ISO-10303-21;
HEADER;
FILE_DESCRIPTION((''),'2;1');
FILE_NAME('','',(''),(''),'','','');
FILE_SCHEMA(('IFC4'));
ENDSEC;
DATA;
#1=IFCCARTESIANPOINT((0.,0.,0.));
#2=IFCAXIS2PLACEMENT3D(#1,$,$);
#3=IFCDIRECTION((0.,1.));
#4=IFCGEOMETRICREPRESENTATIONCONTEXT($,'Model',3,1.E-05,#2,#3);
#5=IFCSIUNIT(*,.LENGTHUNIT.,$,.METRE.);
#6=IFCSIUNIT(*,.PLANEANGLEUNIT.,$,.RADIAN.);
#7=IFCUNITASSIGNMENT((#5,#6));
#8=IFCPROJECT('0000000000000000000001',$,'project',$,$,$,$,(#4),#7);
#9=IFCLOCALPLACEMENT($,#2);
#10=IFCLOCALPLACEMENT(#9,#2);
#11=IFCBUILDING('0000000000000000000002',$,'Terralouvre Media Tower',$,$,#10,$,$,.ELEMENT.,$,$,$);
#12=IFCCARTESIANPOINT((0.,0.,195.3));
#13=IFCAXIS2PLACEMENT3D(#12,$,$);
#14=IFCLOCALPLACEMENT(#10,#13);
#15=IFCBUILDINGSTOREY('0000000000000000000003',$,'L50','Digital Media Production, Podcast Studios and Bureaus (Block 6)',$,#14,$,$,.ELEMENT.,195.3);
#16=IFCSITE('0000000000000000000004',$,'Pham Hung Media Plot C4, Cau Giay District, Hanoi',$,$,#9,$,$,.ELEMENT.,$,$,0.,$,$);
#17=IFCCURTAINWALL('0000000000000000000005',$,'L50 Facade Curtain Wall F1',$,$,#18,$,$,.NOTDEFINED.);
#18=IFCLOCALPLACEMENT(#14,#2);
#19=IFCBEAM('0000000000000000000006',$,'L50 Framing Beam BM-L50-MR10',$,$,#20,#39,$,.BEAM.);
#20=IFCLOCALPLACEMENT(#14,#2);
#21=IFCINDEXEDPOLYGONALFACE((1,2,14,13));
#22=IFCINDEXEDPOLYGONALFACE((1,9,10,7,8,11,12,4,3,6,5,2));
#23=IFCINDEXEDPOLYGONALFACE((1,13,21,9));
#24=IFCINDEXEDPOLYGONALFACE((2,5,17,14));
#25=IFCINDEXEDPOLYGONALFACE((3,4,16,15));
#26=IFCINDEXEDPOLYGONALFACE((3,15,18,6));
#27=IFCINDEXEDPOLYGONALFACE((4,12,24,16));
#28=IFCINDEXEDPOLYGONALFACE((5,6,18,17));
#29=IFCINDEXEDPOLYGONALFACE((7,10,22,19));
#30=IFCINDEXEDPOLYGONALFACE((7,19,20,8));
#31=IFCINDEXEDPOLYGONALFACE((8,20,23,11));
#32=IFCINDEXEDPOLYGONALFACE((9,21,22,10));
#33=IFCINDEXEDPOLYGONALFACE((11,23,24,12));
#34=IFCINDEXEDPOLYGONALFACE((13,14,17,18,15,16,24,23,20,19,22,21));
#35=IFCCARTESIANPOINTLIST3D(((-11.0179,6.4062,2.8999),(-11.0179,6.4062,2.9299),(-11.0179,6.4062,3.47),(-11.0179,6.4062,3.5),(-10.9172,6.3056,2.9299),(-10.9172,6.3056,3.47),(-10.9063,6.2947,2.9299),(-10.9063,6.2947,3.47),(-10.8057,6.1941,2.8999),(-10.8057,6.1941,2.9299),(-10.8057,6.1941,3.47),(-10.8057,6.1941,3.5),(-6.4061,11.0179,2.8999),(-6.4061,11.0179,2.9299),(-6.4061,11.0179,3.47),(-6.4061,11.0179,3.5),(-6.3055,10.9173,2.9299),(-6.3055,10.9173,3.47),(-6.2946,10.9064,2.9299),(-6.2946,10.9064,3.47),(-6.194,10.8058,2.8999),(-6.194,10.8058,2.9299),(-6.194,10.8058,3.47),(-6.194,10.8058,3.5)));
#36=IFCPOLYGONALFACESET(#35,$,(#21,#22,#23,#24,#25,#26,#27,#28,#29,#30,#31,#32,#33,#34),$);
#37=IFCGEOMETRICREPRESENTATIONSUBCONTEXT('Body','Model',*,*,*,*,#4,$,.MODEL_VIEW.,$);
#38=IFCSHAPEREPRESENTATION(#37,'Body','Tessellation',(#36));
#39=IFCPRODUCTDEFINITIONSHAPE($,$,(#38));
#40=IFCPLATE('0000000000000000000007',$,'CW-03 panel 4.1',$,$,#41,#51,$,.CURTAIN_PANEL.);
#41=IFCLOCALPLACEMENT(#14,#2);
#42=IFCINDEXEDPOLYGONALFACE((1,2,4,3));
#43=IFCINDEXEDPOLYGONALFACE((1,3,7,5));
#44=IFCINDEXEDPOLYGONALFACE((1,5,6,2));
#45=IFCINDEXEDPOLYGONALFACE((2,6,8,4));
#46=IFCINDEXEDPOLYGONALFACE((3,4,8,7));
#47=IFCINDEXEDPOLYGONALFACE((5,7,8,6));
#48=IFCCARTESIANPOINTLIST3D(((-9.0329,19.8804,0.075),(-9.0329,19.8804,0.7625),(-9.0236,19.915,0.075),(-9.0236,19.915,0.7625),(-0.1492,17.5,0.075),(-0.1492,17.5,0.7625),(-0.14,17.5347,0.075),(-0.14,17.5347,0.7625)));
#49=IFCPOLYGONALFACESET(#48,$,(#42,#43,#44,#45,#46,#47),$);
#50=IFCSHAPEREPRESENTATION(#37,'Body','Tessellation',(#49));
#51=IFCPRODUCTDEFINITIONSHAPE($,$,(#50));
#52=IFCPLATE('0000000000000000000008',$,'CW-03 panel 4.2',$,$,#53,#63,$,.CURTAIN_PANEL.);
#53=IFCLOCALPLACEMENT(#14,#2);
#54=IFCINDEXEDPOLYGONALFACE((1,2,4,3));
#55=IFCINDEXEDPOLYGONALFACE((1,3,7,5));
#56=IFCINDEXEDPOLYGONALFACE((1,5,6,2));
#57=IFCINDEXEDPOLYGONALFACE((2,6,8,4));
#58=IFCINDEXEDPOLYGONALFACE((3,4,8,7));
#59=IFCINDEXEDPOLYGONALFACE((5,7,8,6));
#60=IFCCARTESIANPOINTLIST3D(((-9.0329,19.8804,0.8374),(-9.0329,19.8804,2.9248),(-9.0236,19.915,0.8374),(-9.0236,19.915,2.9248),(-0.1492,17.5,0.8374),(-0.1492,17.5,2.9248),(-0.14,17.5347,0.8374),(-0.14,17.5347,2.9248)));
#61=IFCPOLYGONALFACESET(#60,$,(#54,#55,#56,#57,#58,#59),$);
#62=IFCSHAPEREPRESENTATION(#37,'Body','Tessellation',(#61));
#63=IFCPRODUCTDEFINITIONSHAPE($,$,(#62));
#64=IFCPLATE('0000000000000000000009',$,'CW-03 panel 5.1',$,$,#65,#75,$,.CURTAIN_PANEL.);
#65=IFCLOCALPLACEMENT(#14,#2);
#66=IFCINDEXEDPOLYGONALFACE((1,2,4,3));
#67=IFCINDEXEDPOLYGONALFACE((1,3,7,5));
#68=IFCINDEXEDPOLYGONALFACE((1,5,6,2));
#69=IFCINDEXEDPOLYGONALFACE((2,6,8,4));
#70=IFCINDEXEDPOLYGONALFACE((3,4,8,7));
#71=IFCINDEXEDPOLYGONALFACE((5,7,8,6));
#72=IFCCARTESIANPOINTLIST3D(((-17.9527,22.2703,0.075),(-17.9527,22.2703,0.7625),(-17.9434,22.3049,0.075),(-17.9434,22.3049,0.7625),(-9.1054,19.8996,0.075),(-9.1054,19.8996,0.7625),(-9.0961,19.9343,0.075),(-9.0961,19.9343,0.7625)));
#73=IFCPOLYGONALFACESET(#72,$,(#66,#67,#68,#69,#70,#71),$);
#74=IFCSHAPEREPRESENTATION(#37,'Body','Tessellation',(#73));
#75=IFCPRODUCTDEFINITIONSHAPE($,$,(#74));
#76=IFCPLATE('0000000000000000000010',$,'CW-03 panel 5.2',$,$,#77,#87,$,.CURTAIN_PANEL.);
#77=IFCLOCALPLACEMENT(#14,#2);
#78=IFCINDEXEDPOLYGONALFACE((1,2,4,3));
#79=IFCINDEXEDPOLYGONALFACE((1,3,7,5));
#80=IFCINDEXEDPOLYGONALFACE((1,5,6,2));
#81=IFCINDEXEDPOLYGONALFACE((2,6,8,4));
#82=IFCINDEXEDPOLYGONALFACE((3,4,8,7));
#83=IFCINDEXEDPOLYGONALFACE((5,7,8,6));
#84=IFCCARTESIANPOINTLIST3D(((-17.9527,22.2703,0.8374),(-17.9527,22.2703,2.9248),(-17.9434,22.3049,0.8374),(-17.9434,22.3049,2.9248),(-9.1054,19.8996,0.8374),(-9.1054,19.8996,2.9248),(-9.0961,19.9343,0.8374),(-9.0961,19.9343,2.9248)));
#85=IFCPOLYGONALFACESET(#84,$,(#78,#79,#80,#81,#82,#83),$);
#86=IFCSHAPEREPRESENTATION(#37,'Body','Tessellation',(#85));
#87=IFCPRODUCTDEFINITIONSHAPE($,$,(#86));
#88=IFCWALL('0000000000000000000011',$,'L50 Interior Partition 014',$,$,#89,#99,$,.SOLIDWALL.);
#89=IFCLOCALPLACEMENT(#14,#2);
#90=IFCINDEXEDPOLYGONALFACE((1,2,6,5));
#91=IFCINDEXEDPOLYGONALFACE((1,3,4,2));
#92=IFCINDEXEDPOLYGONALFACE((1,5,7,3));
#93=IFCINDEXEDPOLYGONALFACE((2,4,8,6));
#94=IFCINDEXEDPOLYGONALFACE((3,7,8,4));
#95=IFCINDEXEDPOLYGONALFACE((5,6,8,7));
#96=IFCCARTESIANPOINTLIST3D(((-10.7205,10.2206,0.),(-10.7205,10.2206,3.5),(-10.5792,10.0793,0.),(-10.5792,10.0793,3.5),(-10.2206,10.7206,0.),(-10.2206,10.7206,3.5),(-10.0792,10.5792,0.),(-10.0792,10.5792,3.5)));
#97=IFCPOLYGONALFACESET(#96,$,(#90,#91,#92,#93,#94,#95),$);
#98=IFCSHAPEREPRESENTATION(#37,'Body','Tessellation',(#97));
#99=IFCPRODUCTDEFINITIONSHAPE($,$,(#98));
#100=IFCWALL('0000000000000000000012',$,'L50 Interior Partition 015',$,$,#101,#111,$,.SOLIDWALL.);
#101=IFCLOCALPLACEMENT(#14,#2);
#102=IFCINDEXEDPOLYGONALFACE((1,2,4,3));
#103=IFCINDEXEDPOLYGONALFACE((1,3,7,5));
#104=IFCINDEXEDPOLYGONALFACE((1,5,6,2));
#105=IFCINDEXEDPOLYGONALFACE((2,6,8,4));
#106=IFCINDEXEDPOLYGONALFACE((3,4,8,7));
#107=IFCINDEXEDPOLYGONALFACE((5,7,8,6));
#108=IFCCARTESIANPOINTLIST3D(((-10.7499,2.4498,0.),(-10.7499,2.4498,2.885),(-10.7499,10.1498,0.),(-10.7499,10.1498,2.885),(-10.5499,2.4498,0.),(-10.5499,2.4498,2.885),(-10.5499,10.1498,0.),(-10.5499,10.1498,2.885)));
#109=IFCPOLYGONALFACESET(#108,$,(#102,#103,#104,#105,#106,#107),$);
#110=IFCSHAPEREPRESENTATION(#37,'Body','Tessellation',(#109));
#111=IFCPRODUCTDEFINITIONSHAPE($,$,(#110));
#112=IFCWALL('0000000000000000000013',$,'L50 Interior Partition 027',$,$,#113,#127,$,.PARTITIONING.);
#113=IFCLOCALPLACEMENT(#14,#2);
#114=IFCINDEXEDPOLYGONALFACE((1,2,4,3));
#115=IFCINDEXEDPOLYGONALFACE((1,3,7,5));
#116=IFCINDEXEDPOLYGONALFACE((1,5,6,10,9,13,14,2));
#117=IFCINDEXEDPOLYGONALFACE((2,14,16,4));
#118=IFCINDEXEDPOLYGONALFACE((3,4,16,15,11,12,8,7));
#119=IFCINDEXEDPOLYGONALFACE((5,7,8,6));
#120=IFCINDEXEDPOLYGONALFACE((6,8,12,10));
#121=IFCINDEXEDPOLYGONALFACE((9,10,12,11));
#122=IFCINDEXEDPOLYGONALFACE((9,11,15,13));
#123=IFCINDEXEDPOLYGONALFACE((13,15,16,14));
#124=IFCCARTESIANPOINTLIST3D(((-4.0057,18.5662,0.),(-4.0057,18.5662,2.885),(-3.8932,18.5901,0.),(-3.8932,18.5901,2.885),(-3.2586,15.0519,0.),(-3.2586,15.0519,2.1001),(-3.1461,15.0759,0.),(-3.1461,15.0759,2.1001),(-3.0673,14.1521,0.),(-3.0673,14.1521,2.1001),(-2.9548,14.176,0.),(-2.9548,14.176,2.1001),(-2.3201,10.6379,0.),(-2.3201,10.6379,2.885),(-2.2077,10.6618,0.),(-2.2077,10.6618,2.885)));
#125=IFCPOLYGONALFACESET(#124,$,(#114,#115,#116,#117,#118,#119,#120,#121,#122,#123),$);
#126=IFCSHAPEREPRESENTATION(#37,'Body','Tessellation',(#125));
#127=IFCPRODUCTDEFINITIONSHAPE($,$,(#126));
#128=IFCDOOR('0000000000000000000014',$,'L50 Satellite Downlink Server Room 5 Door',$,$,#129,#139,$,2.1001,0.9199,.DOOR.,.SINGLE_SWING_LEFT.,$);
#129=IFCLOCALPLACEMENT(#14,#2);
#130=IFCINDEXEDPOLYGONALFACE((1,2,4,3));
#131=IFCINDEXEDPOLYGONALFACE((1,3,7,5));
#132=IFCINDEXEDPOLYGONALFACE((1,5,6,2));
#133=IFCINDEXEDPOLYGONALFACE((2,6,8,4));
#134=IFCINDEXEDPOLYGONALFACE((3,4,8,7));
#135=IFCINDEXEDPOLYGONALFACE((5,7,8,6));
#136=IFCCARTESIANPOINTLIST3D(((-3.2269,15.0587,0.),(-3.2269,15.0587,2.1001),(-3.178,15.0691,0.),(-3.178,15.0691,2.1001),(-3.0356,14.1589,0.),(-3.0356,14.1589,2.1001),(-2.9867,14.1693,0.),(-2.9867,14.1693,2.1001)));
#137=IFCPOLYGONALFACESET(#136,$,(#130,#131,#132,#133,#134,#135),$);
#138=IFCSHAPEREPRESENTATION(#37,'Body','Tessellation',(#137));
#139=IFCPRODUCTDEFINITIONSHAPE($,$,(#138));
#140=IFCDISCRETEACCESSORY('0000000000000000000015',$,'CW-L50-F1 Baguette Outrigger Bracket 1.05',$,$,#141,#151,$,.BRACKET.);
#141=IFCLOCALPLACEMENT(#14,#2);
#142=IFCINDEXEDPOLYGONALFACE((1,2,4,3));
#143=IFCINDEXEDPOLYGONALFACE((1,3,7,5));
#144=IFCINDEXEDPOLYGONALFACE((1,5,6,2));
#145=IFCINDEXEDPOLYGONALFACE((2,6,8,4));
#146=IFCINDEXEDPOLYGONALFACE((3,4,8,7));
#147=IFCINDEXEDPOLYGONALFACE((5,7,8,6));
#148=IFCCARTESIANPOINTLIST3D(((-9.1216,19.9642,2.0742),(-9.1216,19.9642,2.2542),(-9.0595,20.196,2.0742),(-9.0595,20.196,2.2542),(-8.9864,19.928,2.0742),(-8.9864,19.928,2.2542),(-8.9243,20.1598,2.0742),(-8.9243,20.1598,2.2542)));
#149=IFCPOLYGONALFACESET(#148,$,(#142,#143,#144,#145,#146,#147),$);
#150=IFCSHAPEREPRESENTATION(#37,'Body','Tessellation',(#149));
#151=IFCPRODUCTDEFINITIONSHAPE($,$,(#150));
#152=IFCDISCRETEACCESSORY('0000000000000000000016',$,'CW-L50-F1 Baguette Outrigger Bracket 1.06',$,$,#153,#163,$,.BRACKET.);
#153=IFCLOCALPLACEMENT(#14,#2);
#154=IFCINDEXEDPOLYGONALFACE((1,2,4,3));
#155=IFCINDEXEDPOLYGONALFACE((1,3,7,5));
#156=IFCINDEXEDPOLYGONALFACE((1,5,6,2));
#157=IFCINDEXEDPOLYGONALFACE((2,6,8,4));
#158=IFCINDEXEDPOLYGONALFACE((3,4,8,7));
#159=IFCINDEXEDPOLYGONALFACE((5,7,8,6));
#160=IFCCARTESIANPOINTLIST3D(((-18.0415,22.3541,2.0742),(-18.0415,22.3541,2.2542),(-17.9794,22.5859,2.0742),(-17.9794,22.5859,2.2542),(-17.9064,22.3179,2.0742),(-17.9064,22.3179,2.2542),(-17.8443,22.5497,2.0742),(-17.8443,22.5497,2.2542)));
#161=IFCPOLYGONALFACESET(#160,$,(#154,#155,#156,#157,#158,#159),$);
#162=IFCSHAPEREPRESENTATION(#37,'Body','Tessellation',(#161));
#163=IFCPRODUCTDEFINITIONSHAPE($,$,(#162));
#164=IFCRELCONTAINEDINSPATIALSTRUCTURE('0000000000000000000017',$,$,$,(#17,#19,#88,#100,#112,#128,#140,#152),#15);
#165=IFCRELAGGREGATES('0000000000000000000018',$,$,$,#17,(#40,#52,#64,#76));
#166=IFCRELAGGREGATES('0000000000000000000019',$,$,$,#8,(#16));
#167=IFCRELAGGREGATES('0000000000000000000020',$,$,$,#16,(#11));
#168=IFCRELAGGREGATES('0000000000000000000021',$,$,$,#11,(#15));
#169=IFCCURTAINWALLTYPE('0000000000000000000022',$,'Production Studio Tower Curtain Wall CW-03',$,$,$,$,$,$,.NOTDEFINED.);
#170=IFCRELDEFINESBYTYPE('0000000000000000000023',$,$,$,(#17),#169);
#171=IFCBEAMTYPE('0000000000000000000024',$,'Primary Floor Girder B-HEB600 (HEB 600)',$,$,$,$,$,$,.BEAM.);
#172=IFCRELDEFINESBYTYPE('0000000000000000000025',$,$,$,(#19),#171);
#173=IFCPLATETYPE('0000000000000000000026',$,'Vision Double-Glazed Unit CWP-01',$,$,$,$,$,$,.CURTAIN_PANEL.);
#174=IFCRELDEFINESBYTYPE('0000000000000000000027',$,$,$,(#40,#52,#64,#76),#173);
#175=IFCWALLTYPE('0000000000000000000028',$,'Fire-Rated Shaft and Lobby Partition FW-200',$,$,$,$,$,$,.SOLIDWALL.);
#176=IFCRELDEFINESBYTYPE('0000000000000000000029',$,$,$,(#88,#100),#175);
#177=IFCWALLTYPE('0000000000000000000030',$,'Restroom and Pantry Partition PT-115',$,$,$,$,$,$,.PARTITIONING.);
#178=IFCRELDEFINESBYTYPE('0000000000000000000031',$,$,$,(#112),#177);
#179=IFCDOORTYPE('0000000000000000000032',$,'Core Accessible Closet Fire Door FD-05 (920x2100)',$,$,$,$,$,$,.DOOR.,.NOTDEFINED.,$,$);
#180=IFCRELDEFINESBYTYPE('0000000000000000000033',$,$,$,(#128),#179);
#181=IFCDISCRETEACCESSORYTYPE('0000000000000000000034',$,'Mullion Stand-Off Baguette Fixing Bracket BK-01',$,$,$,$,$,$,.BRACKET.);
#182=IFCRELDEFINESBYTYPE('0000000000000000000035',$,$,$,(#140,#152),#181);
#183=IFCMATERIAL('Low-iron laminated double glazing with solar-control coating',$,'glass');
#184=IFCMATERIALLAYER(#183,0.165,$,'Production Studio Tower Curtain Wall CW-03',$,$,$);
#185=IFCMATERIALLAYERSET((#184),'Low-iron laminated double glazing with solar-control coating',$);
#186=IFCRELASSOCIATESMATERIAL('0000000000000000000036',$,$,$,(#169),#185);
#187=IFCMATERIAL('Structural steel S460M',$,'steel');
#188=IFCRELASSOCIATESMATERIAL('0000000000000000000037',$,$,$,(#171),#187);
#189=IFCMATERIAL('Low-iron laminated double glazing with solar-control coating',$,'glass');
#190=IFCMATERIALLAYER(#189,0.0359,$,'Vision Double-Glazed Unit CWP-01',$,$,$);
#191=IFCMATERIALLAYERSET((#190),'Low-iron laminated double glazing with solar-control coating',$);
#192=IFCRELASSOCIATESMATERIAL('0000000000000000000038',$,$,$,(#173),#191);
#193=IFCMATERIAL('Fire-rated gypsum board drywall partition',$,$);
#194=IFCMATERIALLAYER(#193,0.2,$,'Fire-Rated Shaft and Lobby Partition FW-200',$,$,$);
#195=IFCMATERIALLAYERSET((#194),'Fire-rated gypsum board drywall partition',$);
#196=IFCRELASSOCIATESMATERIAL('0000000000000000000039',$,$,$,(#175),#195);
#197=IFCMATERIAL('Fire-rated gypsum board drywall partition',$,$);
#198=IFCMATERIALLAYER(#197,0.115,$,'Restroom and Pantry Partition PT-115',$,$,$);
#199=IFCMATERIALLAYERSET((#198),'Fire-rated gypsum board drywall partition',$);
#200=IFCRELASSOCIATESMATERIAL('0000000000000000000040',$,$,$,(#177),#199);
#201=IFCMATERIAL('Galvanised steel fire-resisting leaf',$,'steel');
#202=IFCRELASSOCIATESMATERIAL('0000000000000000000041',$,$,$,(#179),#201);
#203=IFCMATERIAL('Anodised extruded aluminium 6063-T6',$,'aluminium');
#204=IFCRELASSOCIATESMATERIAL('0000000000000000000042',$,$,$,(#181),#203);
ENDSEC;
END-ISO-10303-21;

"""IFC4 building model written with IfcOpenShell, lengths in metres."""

from ifc_helpers import new_model, si_unit, direction, frame, frame_2d, origin, origin_2d, place, context, subcontext, project, spatial, rectangle, i_section, extrude, material, layer, layer_set, material_profile, profile_set, type_object, element, fill, aggregate, save


model = new_model("IFC4")

# Units and contexts
model_context = context("Model", 3, precision=1e-05, world=origin(), true_north=direction((0.0, 1.0)))
body_context = subcontext(model_context, "Body", "Model", "MODEL_VIEW")
ifc_project = project(units=[si_unit("LENGTHUNIT", "METRE"), si_unit("PLANEANGLEUNIT", "RADIAN")], contexts=[model_context])

# Site, building, storey
site_placement = place(None, origin())
site = spatial("IfcSite", under=ifc_project, at=site_placement, Name="Pham Hung Media Plot C4, Cau Giay District, Hanoi", CompositionType="ELEMENT", RefElevation=0.0)
building_placement = place(site_placement, origin())
building = spatial("IfcBuilding", under=site, at=building_placement, Name="Terralouvre Media Tower", CompositionType="ELEMENT")
storey_placement = place(building_placement, frame((0.0, 0.0, 195.3)))
storey = spatial("IfcBuildingStorey", under=building, at=storey_placement, Name="L50", Description="Digital Media Production, Podcast Studios and Bureaus (Block 6)", CompositionType="ELEMENT", Elevation=195.3)

# Curtain wall
ifc_material_1 = material(Name="Low-iron laminated double glazing with solar-control coating", Category="glass")
ifc_layer_1 = layer(ifc_material_1, 0.165, Name="Production Studio Tower Curtain Wall CW-03")
ifc_layer_set_1 = layer_set([ifc_layer_1], Name="Low-iron laminated double glazing with solar-control coating")
curtain_wall_type_1 = type_object("IfcCurtainWallType", Name="Production Studio Tower Curtain Wall CW-03", PredefinedType="NOTDEFINED", material=ifc_layer_set_1)
curtain_wall_1_placement = place(storey_placement, origin())
curtain_wall_1 = element("IfcCurtainWall", 1, at=curtain_wall_1_placement, inside=storey, type_object=curtain_wall_type_1, Name="L50 Facade Curtain Wall F1", PredefinedType="NOTDEFINED")

# Beam
ifc_material_2 = material(Name="Structural steel S460M", Category="steel")
ifc_material_profile_1 = material_profile(ifc_material_2, i_section(OverallWidth=0.3, OverallDepth=0.6001, WebThickness=0.0154, FlangeThickness=0.03, at=origin_2d()), Name="HEB 600")
ifc_profile_set_1 = profile_set([ifc_material_profile_1], Name="Structural steel S460M")
beam_type_1 = type_object("IfcBeamType", Name="Primary Floor Girder B-HEB600 (HEB 600)", PredefinedType="BEAM", material=ifc_profile_set_1)
beam_1_placement = place(storey_placement, frame((-6.3, 10.9119, 3.2), z_axis=(-0.707107, -0.707107, 0.0), x_axis=(0.707107, -0.707107, 0.0)))
element("IfcBeam", 2, at=beam_1_placement, inside=storey, type_object=beam_type_1, Name="L50 Framing Beam BM-L50-MR10", PredefinedType="BEAM", context=body_context, shape_type="SweptSolid", body=[
    extrude(i_section(OverallWidth=0.3, OverallDepth=0.6001, WebThickness=0.0154, FlangeThickness=0.03, at=origin_2d()), origin(), (0.0, 0.0, 1.0), 6.522),
])

# Plates
ifc_material_3 = material(Name="Low-iron laminated double glazing with solar-control coating", Category="glass")
ifc_layer_2 = layer(ifc_material_3, 0.0359, Name="Vision Double-Glazed Unit CWP-01")
ifc_layer_set_2 = layer_set([ifc_layer_2], Name="Low-iron laminated double glazing with solar-control coating")
plate_type = type_object("IfcPlateType", Name="Vision Double-Glazed Unit CWP-01", PredefinedType="CURTAIN_PANEL", material=ifc_layer_set_2)
plate_1_placement = place(storey_placement, frame((-4.5864, 18.7075, 0.075), z_axis=(0.0, 0.0, 1.0), x_axis=(-0.965926, 0.258819, 0.0)))
plate_1 = element("IfcPlate", 3, at=plate_1_placement, type_object=plate_type, Name="CW-03 panel 4.1", PredefinedType="CURTAIN_PANEL", context=body_context, shape_type="SweptSolid", body=[
    extrude(rectangle(XDim=9.197, YDim=0.0359, at=origin_2d()), origin(), (0.0, 0.0, 1.0), 0.6875),
])
plate_2_placement = place(storey_placement, frame((-4.5864, 18.7075, 0.8374), z_axis=(0.0, 0.0, 1.0), x_axis=(-0.965926, 0.258819, 0.0)))
plate_2 = element("IfcPlate", 4, at=plate_2_placement, type_object=plate_type, Name="CW-03 panel 4.2", PredefinedType="CURTAIN_PANEL", context=body_context, shape_type="SweptSolid", body=[
    extrude(rectangle(XDim=9.197, YDim=0.0359, at=origin_2d()), origin(), (0.0, 0.0, 1.0), 2.0874),
])
plate_3_placement = place(storey_placement, frame((-13.5244, 21.1023, 0.075), z_axis=(0.0, 0.0, 1.0), x_axis=(-0.965926, 0.258819, 0.0)))
plate_3 = element("IfcPlate", 5, at=plate_3_placement, type_object=plate_type, Name="CW-03 panel 5.1", PredefinedType="CURTAIN_PANEL", context=body_context, shape_type="SweptSolid", body=[
    extrude(rectangle(XDim=9.1594, YDim=0.0359, at=origin_2d()), origin(), (0.0, 0.0, 1.0), 0.6875),
])
plate_4_placement = place(storey_placement, frame((-13.5244, 21.1023, 0.8374), z_axis=(0.0, 0.0, 1.0), x_axis=(-0.965926, 0.258819, 0.0)))
plate_4 = element("IfcPlate", 6, at=plate_4_placement, type_object=plate_type, Name="CW-03 panel 5.2", PredefinedType="CURTAIN_PANEL", context=body_context, shape_type="SweptSolid", body=[
    extrude(rectangle(XDim=9.1594, YDim=0.0359, at=origin_2d()), origin(), (0.0, 0.0, 1.0), 2.0874),
])
aggregate(curtain_wall_1, [plate_1, plate_2, plate_3, plate_4])

# Walls
ifc_material_4 = material(Name="Fire-rated gypsum board drywall partition")
ifc_layer_3 = layer(ifc_material_4, 0.2, Name="Fire-Rated Shaft and Lobby Partition FW-200")
ifc_layer_set_3 = layer_set([ifc_layer_3], Name="Fire-rated gypsum board drywall partition")
wall_type_1 = type_object("IfcWallType", Name="Fire-Rated Shaft and Lobby Partition FW-200", PredefinedType="SOLIDWALL", material=ifc_layer_set_3)
wall_1_placement = place(storey_placement, frame((-10.1499, 10.6499, 0.0), z_axis=(0.0, 0.0, 1.0), x_axis=(-0.707107, -0.707107, 0.0)))
element("IfcWall", 7, at=wall_1_placement, inside=storey, type_object=wall_type_1, Name="L50 Interior Partition 014", PredefinedType="SOLIDWALL", context=body_context, shape_type="SweptSolid", body=[
    extrude(rectangle(XDim=0.707, YDim=0.2, at=frame_2d((0.3535, 0.0))), origin(), (0.0, 0.0, 1.0), 3.5),
])
wall_2_placement = place(storey_placement, frame((-10.6499, 10.1499, 0.0), z_axis=(0.0, 0.0, 1.0), x_axis=(0.0, -1.0, 0.0)))
element("IfcWall", 8, at=wall_2_placement, inside=storey, type_object=wall_type_1, Name="L50 Interior Partition 015", PredefinedType="SOLIDWALL", context=body_context, shape_type="SweptSolid", body=[
    extrude(rectangle(XDim=7.7, YDim=0.2, at=frame_2d((3.8501, 0.0))), origin(), (0.0, 0.0, 1.0), 2.885),
])

# Wall, opening, door
ifc_material_5 = material(Name="Fire-rated gypsum board drywall partition")
ifc_layer_4 = layer(ifc_material_5, 0.115, Name="Restroom and Pantry Partition PT-115")
ifc_layer_set_4 = layer_set([ifc_layer_4], Name="Fire-rated gypsum board drywall partition")
wall_type_2 = type_object("IfcWallType", Name="Restroom and Pantry Partition PT-115", PredefinedType="PARTITIONING", material=ifc_layer_set_4)
wall_3_placement = place(storey_placement, frame((-3.9495, 18.5781, 0.0), z_axis=(0.0, 0.0, 1.0), x_axis=(0.207953, -0.978139, 0.0)))
wall_3 = element("IfcWall", 9, at=wall_3_placement, inside=storey, type_object=wall_type_2, Name="L50 Interior Partition 027", PredefinedType="PARTITIONING", context=body_context, shape_type="SweptSolid", body=[
    extrude(rectangle(XDim=8.1055, YDim=0.115, at=frame_2d((4.0527, 0.0))), origin(), (0.0, 0.0, 1.0), 2.885),
])
opening_placement = place(wall_3_placement, frame((3.5928, 0.0, 0.0)))
opening = element("IfcOpeningElement", 10, at=opening_placement, cuts=wall_3, PredefinedType="OPENING", context=body_context, shape_type="SweptSolid", body=[
    extrude(rectangle(XDim=0.9199, YDim=2.1001, at=frame_2d((0.46, 1.05))), frame((0.0, 0.0674, 0.0), z_axis=(0.0, -1.0, 0.0), x_axis=(1.0, 0.0, 0.0)), (0.0, 0.0, 1.0), 0.135),
])
ifc_material_6 = material(Name="Galvanised steel fire-resisting leaf", Category="steel")
door_type = type_object("IfcDoorType", Name="Core Accessible Closet Fire Door FD-05 (920x2100)", OperationType="NOTDEFINED", PredefinedType="DOOR", material=ifc_material_6)
door_placement = place(opening_placement, origin())
door = element("IfcDoor", 11, at=door_placement, inside=storey, type_object=door_type, Name="L50 Satellite Downlink Server Room 5 Door", OperationType="SINGLE_SWING_LEFT", OverallHeight=2.1001, OverallWidth=0.9199, PredefinedType="DOOR", context=body_context, shape_type="SweptSolid", body=[
    extrude(rectangle(XDim=0.9199, YDim=2.1001, at=frame_2d((0.46, 1.05))), frame((0.0, 0.0249, 0.0), z_axis=(0.0, -1.0, 0.0), x_axis=(1.0, 0.0, 0.0)), (0.0, 0.0, 1.0), 0.05),
])
fill(opening, door)

# Discrete accessories
ifc_material_7 = material(Name="Anodised extruded aluminium 6063-T6", Category="aluminium")
discrete_accessory_type = type_object("IfcDiscreteAccessoryType", Name="Mullion Stand-Off Baguette Fixing Bracket BK-01", PredefinedType="BRACKET", material=ifc_material_7)
for number, where, z_axis, x_axis, name in (
    (12, (-9.0229, 20.062, 2.0742), (0.0, 0.0, 1.0), (-0.965926, 0.258819, 0.0), "CW-L50-F1 Baguette Outrigger Bracket 1.05"),
    (13, (-17.9429, 22.4519, 2.0742), (0.0, 0.0, 1.0), (-0.965926, 0.258819, 0.0), "CW-L50-F1 Baguette Outrigger Bracket 1.06"),
):
    element("IfcDiscreteAccessory", number, at=place(storey_placement, frame(where, z_axis=z_axis, x_axis=x_axis)), inside=storey, type_object=discrete_accessory_type, Name=name, PredefinedType="BRACKET", context=body_context, shape_type="SweptSolid", body=[
        extrude(rectangle(XDim=0.1399, YDim=0.24, at=origin_2d()), origin(), (0.0, 0.0, 1.0), 0.1799),
    ])

save(model, "model.ifc")
